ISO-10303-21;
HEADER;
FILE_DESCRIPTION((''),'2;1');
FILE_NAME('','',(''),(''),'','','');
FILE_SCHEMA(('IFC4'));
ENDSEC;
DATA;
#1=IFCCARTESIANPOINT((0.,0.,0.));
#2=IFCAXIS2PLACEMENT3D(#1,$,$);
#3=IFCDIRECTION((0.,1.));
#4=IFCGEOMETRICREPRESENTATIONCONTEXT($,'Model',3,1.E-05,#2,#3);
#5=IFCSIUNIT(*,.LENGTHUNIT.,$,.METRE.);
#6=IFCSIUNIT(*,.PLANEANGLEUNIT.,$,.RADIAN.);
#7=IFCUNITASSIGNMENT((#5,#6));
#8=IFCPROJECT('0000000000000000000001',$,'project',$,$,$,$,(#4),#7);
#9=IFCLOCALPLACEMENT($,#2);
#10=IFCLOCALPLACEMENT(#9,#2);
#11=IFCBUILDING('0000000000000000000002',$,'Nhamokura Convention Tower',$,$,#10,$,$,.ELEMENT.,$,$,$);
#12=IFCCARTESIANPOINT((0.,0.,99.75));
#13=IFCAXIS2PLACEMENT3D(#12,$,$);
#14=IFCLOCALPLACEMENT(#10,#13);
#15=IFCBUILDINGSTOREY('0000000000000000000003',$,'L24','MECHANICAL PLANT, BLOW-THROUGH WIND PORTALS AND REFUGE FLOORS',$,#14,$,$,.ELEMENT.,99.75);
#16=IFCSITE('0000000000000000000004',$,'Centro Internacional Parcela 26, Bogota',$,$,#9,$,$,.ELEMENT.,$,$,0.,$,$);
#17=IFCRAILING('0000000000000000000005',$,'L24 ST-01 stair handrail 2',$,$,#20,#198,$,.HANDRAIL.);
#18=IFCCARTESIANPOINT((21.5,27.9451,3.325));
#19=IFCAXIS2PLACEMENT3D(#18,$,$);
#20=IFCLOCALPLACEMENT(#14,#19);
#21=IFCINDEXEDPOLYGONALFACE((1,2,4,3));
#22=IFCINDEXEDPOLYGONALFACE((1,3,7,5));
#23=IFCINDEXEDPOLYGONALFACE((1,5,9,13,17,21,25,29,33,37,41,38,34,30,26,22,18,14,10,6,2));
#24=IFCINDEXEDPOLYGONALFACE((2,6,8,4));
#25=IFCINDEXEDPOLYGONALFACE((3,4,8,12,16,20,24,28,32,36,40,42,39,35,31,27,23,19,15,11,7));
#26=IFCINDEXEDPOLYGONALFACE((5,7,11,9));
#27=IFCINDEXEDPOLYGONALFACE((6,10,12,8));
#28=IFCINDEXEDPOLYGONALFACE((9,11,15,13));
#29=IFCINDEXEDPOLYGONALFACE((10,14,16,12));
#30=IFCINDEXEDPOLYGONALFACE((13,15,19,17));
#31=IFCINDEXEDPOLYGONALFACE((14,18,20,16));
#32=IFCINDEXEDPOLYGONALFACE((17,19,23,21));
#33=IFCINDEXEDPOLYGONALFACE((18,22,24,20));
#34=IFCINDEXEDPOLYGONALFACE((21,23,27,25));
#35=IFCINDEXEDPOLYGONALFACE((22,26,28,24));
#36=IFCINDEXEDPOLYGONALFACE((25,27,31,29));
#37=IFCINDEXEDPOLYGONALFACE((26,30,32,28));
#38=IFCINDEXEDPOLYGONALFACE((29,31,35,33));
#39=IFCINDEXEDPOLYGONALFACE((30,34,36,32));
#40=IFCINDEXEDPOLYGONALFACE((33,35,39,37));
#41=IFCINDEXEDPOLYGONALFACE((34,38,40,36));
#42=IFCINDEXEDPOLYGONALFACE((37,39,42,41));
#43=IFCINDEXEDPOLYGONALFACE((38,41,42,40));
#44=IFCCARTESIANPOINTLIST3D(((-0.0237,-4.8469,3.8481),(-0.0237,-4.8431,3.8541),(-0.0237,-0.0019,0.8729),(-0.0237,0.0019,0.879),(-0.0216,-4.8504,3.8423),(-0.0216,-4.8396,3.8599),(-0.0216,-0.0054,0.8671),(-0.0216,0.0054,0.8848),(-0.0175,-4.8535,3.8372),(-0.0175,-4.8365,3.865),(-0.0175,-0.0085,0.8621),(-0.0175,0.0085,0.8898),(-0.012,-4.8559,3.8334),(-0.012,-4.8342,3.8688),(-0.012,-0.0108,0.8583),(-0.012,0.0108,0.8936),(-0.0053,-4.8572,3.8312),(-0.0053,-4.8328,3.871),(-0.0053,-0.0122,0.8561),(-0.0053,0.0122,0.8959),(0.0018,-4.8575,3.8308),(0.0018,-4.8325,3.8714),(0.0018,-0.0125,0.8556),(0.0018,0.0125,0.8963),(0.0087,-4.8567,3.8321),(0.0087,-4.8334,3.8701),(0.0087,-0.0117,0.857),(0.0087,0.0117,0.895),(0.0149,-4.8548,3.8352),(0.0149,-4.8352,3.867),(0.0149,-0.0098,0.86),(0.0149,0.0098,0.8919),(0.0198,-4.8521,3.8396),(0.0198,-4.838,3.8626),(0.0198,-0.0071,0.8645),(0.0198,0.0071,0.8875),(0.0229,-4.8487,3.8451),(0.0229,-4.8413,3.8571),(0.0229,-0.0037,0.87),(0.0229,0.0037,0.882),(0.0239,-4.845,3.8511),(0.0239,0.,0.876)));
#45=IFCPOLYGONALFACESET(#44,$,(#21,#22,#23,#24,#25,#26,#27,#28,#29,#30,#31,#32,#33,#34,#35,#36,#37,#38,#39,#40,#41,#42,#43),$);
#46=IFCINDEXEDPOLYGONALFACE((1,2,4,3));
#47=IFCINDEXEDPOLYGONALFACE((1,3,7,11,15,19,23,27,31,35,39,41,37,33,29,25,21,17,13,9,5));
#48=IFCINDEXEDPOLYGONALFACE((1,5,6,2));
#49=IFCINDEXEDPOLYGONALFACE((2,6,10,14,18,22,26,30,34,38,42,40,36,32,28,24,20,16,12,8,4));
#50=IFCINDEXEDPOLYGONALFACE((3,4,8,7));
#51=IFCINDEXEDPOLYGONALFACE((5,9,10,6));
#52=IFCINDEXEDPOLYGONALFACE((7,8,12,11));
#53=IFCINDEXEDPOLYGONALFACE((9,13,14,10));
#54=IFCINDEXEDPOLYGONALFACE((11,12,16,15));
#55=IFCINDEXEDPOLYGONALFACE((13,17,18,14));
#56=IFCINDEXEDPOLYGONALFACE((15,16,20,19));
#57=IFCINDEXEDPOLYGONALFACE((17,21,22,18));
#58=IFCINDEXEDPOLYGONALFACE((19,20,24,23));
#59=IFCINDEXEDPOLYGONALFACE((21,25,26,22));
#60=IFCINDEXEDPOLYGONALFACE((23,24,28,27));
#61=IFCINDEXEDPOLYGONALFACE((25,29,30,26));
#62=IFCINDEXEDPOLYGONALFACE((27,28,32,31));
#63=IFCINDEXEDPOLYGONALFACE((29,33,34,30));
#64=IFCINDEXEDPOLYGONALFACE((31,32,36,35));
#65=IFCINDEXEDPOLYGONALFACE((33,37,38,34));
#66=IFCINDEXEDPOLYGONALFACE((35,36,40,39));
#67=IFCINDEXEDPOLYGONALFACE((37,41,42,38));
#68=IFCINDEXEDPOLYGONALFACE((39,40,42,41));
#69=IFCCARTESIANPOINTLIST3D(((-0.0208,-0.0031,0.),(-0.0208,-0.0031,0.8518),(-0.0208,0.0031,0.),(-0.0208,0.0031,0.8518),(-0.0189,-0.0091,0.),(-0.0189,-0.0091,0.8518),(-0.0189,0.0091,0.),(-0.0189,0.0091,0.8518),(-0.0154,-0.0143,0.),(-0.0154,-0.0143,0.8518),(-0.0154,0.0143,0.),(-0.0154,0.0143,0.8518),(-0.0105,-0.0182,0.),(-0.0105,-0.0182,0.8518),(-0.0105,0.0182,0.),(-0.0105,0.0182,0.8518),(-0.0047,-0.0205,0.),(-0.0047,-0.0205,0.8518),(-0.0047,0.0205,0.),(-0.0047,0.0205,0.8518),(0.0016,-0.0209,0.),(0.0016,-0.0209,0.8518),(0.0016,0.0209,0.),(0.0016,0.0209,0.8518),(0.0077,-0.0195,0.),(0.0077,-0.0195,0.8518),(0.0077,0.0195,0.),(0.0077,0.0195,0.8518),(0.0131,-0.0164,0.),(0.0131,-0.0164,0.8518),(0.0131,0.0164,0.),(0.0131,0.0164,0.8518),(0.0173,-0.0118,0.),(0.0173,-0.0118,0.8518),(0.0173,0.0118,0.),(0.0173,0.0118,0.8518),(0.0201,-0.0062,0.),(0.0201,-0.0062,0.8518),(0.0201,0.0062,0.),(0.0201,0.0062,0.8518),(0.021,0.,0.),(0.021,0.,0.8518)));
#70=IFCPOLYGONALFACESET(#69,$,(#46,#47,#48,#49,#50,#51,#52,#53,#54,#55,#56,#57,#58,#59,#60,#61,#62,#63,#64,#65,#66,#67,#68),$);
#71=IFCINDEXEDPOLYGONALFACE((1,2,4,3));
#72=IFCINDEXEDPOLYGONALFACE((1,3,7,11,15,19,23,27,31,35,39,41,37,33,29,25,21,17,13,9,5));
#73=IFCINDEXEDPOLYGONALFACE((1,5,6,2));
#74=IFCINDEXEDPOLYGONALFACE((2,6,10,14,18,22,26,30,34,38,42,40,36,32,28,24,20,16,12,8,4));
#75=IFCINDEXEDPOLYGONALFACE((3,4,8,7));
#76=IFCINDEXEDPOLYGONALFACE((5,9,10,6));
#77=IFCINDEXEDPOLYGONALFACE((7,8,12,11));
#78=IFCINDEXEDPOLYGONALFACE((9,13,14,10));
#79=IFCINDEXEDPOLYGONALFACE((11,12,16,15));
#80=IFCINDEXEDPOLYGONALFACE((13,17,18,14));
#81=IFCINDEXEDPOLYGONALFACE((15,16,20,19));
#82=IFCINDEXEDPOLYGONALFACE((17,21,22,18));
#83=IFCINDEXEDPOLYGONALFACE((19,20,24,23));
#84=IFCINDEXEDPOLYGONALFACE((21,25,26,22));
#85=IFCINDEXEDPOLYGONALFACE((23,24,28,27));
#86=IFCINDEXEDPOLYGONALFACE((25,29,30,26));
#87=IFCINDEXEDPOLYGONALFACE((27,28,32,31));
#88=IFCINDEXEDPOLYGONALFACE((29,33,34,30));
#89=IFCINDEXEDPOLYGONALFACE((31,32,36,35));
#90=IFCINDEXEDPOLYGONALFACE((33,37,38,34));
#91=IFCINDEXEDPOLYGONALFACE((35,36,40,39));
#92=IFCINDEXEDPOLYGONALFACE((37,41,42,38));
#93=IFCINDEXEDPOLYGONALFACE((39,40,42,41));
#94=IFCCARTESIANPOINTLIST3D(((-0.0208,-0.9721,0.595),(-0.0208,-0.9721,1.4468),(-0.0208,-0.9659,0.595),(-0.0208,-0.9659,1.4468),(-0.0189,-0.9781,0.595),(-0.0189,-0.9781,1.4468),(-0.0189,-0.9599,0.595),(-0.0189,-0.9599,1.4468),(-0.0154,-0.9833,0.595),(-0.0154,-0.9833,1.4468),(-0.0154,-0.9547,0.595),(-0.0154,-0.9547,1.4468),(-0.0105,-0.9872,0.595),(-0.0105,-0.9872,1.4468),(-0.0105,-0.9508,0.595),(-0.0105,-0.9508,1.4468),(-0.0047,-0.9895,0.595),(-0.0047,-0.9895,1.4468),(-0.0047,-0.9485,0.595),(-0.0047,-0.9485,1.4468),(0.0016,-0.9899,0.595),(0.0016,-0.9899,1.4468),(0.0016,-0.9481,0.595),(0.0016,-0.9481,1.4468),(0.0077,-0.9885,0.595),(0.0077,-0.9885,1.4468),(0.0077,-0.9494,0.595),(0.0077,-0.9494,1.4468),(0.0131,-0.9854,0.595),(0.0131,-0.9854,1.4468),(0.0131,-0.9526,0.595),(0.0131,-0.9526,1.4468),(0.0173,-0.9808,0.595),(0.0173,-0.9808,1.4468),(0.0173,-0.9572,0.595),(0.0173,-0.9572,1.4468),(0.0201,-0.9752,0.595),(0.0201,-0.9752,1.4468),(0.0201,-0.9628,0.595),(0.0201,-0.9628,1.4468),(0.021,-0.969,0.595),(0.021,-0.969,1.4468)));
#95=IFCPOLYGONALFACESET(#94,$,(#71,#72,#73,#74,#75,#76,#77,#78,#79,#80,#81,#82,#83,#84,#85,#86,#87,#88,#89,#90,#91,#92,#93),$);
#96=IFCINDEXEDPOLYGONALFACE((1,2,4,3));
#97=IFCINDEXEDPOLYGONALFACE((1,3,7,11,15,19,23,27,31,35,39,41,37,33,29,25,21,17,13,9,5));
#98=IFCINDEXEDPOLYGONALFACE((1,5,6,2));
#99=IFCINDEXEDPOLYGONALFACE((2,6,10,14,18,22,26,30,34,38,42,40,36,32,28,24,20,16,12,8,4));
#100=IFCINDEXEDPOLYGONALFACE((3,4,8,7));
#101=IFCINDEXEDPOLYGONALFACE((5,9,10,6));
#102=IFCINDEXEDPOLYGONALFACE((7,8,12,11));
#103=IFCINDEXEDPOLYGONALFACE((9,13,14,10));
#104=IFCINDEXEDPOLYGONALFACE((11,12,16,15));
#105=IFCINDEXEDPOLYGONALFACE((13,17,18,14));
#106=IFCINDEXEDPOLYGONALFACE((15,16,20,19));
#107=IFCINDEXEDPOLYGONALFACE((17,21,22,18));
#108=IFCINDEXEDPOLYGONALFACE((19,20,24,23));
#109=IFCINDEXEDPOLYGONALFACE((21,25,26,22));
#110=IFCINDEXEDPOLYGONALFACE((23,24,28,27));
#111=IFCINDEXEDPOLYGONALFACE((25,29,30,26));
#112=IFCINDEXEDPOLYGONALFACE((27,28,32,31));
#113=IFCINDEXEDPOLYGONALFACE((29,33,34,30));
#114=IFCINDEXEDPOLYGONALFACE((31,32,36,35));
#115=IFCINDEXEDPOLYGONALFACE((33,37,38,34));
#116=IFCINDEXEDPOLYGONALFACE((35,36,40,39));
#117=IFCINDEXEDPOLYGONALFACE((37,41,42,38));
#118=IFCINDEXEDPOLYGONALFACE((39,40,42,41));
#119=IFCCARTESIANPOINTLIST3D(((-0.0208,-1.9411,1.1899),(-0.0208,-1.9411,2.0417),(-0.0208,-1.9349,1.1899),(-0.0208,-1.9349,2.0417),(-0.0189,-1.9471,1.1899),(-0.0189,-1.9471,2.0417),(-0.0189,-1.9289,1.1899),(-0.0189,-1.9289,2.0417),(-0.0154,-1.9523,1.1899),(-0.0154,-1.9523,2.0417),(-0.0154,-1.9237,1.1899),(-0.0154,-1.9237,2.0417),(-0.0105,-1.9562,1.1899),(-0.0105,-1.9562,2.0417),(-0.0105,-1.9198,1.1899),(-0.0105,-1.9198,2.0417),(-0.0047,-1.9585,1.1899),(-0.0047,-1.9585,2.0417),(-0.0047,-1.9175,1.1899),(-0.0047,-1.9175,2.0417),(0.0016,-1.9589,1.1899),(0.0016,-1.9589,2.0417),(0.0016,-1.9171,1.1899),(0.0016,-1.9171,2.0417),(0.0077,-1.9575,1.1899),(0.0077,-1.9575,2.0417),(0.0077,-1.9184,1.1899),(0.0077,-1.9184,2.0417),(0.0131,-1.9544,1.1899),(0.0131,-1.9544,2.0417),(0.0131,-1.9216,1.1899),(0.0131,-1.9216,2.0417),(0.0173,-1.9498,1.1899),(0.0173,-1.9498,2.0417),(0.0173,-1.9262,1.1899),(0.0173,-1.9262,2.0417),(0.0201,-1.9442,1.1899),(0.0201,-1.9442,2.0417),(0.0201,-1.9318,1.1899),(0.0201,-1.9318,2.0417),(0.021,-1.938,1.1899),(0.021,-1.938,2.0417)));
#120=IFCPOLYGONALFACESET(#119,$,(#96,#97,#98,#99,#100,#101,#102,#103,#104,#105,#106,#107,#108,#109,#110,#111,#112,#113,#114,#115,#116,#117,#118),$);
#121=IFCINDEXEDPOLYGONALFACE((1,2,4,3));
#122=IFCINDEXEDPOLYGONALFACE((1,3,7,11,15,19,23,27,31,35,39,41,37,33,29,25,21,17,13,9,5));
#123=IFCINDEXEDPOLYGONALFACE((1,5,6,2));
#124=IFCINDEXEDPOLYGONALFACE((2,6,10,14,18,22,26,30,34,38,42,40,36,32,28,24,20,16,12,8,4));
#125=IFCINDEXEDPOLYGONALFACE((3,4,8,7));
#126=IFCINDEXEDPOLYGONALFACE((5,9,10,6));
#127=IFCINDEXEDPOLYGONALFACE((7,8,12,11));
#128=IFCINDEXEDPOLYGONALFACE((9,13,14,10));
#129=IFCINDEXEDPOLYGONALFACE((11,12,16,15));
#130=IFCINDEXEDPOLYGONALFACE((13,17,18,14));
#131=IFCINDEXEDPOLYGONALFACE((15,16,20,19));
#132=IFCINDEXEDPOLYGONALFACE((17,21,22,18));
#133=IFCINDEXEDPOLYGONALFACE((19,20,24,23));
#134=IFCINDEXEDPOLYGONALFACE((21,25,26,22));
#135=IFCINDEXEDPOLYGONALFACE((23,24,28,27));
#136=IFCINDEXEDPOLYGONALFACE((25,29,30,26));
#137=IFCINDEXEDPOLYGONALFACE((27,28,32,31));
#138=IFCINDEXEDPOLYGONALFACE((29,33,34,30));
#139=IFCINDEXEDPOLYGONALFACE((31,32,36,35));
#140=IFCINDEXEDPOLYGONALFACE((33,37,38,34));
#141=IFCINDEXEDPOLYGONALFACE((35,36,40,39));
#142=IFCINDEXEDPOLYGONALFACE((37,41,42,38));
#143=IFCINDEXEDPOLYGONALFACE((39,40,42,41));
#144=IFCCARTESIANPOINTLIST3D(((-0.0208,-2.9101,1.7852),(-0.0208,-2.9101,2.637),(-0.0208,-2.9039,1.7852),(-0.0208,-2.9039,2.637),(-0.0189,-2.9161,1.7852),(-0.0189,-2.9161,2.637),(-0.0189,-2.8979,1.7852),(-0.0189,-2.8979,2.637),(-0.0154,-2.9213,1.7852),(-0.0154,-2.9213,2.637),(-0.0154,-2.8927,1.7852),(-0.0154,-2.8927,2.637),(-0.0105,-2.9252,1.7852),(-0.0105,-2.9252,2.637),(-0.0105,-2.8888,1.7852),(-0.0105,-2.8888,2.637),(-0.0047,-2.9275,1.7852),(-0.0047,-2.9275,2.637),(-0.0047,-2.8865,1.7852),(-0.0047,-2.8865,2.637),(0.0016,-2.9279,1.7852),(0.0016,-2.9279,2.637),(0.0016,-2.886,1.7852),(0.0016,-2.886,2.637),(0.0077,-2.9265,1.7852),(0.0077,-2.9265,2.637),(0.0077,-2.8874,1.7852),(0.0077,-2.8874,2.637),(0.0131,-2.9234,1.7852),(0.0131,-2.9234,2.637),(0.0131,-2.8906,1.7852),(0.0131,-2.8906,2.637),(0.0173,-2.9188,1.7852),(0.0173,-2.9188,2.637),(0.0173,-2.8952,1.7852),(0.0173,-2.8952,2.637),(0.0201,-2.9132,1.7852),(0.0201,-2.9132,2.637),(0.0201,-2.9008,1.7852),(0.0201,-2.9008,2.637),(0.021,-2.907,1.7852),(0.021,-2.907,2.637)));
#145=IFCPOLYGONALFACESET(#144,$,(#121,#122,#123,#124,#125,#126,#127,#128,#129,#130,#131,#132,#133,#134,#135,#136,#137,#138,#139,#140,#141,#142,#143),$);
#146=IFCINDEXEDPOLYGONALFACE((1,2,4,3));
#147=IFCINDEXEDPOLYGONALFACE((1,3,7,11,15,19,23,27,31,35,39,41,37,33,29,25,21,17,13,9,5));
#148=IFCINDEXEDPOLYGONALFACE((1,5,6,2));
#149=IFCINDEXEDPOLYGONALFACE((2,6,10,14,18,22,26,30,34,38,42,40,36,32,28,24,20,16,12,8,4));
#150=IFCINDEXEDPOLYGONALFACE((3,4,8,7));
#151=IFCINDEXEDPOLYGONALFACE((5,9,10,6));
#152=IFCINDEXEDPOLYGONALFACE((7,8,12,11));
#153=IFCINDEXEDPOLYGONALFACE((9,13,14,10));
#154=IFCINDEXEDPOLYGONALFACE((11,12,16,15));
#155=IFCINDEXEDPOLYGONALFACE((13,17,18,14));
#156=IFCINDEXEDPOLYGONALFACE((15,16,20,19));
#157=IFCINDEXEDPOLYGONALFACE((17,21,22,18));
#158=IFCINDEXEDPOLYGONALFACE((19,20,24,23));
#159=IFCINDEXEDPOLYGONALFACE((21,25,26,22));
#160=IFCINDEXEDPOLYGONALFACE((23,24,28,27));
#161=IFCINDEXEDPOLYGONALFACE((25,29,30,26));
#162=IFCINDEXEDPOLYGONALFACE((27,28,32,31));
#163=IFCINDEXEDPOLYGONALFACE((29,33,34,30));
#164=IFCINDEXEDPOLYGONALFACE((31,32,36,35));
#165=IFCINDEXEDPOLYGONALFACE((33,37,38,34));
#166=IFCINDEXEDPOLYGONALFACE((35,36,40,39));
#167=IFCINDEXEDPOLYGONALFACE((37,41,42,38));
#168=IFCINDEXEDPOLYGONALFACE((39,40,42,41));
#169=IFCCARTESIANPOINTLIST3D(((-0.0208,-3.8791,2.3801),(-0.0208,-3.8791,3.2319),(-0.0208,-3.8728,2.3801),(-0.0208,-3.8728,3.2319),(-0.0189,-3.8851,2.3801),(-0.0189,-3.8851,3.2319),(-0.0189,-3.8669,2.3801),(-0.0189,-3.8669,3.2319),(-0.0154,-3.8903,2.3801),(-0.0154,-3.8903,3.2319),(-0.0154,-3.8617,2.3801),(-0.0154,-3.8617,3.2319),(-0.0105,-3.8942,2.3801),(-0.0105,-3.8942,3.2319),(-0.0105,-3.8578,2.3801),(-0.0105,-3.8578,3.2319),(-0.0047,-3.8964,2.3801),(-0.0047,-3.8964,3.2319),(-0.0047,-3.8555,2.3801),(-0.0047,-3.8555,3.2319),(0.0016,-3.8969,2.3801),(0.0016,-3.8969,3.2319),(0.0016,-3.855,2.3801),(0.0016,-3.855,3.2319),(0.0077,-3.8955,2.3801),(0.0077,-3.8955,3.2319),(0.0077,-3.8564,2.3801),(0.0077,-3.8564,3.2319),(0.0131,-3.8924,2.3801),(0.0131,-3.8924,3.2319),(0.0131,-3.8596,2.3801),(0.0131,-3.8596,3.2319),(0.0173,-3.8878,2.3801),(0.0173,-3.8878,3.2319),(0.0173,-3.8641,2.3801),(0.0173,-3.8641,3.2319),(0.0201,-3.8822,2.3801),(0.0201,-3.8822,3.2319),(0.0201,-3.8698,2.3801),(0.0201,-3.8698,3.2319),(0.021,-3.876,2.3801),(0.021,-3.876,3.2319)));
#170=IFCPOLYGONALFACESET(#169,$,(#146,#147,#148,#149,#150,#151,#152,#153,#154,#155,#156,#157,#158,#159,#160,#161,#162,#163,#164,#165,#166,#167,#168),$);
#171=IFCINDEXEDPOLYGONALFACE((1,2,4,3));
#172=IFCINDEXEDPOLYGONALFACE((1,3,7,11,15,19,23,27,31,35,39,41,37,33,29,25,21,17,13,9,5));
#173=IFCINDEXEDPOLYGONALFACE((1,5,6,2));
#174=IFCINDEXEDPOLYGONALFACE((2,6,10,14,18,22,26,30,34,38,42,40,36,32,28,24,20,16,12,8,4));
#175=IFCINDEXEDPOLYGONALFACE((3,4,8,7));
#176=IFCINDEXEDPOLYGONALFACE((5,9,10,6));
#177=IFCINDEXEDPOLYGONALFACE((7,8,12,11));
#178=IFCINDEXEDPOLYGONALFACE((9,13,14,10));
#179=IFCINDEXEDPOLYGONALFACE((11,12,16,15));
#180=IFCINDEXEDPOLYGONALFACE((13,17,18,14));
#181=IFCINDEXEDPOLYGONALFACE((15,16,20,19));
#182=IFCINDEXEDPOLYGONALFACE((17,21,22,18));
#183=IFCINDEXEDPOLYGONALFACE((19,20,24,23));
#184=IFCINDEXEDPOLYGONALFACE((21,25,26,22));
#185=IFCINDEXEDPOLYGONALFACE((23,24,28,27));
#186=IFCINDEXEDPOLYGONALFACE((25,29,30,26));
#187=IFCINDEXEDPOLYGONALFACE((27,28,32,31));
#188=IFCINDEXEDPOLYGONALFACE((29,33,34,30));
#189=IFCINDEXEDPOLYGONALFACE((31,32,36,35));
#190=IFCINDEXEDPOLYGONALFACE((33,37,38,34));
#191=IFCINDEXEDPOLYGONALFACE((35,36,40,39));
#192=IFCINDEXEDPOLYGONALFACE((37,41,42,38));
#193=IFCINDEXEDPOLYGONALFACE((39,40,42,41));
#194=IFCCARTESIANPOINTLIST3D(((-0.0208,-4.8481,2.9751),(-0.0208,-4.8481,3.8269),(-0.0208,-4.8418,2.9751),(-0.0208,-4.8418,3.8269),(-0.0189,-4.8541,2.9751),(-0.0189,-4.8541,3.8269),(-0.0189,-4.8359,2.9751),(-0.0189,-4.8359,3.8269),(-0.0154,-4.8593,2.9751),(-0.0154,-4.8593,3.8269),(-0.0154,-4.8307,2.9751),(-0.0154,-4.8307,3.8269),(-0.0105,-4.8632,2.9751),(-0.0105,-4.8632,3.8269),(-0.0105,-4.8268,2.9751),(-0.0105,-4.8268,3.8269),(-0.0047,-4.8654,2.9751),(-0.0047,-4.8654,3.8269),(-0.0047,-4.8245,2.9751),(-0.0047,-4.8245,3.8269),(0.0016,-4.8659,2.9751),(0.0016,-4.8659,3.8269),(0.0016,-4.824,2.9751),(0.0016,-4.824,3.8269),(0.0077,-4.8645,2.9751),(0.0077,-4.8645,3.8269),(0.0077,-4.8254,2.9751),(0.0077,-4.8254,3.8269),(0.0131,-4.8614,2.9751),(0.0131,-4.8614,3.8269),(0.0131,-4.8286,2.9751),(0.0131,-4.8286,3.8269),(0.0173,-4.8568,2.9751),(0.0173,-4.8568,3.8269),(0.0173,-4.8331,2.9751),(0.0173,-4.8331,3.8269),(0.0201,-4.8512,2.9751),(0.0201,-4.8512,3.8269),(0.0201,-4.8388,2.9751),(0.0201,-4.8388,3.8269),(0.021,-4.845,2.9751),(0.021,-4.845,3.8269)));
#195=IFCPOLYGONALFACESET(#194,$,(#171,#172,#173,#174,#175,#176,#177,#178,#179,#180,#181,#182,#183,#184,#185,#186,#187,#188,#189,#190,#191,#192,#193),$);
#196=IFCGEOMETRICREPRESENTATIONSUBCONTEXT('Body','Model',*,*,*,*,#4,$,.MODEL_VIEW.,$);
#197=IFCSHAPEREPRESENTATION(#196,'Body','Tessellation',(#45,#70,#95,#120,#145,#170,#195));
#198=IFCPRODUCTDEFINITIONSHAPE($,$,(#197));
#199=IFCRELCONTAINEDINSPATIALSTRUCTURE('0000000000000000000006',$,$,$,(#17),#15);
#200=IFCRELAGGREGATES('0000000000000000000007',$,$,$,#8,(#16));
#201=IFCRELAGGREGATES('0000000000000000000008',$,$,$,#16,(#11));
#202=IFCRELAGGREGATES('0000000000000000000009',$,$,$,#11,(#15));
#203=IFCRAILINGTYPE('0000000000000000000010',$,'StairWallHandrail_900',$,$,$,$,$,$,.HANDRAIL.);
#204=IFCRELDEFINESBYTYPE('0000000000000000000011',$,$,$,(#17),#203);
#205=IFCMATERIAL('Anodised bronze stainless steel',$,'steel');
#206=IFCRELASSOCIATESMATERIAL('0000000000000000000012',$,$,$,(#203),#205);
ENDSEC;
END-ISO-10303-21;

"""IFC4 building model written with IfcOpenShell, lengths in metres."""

from ifc_helpers import new_model, si_unit, direction, frame, origin, origin_2d, place, context, subcontext, project, spatial, circle, extrude, material, type_object, element, save


model = new_model("IFC4")

# Units and contexts
model_context = context("Model", 3, precision=1e-05, world=origin(), true_north=direction((0.0, 1.0)))
body_context = subcontext(model_context, "Body", "Model", "MODEL_VIEW")
ifc_project = project(units=[si_unit("LENGTHUNIT", "METRE"), si_unit("PLANEANGLEUNIT", "RADIAN")], contexts=[model_context])

# Site, building, storey
site_placement = place(None, origin())
site = spatial("IfcSite", under=ifc_project, at=site_placement, Name="Centro Internacional Parcela 26, Bogota", CompositionType="ELEMENT", RefElevation=0.0)
building_placement = place(site_placement, origin())
building = spatial("IfcBuilding", under=site, at=building_placement, Name="Nhamokura Convention Tower", CompositionType="ELEMENT")
storey_placement = place(building_placement, frame((0.0, 0.0, 99.75)))
storey = spatial("IfcBuildingStorey", under=building, at=storey_placement, Name="L24", Description="MECHANICAL PLANT, BLOW-THROUGH WIND PORTALS AND REFUGE FLOORS", CompositionType="ELEMENT", Elevation=99.75)

# Railing
ifc_material_1 = material(Name="Anodised bronze stainless steel", Category="steel")
railing_type_1 = type_object("IfcRailingType", Name="StairWallHandrail_900", PredefinedType="HANDRAIL", material=ifc_material_1)
railing_1_placement = place(storey_placement, frame((21.5, 27.9451, 3.325)))
element("IfcRailing", 1, at=railing_1_placement, inside=storey, type_object=railing_type_1, Name="L24 ST-01 stair handrail 2", PredefinedType="HANDRAIL", context=body_context, shape_type="SweptSolid", body=[
    extrude(circle(Radius=0.0239, at=origin_2d()), frame((0.0, 0.0, 0.876), z_axis=(0.0, -0.852162, 0.523278), x_axis=(1.0, 0.0, 0.0)), (0.0, 0.0, 1.0), 5.6855),
    extrude(circle(Radius=0.021, at=origin_2d()), origin(), (0.0, 0.0, 1.0), 0.8518),
    extrude(circle(Radius=0.021, at=origin_2d()), frame((0.0, -0.969, 0.595)), (0.0, 0.0, 1.0), 0.8518),
    extrude(circle(Radius=0.021, at=origin_2d()), frame((0.0, -1.938, 1.1899)), (0.0, 0.0, 1.0), 0.8518),
    extrude(circle(Radius=0.021, at=origin_2d()), frame((0.0, -2.907, 1.7852)), (0.0, 0.0, 1.0), 0.8518),
    extrude(circle(Radius=0.021, at=origin_2d()), frame((0.0, -3.876, 2.3801)), (0.0, 0.0, 1.0), 0.8518),
    extrude(circle(Radius=0.021, at=origin_2d()), frame((0.0, -4.845, 2.9751)), (0.0, 0.0, 1.0), 0.8518),
])

save(model, "model.ifc")
